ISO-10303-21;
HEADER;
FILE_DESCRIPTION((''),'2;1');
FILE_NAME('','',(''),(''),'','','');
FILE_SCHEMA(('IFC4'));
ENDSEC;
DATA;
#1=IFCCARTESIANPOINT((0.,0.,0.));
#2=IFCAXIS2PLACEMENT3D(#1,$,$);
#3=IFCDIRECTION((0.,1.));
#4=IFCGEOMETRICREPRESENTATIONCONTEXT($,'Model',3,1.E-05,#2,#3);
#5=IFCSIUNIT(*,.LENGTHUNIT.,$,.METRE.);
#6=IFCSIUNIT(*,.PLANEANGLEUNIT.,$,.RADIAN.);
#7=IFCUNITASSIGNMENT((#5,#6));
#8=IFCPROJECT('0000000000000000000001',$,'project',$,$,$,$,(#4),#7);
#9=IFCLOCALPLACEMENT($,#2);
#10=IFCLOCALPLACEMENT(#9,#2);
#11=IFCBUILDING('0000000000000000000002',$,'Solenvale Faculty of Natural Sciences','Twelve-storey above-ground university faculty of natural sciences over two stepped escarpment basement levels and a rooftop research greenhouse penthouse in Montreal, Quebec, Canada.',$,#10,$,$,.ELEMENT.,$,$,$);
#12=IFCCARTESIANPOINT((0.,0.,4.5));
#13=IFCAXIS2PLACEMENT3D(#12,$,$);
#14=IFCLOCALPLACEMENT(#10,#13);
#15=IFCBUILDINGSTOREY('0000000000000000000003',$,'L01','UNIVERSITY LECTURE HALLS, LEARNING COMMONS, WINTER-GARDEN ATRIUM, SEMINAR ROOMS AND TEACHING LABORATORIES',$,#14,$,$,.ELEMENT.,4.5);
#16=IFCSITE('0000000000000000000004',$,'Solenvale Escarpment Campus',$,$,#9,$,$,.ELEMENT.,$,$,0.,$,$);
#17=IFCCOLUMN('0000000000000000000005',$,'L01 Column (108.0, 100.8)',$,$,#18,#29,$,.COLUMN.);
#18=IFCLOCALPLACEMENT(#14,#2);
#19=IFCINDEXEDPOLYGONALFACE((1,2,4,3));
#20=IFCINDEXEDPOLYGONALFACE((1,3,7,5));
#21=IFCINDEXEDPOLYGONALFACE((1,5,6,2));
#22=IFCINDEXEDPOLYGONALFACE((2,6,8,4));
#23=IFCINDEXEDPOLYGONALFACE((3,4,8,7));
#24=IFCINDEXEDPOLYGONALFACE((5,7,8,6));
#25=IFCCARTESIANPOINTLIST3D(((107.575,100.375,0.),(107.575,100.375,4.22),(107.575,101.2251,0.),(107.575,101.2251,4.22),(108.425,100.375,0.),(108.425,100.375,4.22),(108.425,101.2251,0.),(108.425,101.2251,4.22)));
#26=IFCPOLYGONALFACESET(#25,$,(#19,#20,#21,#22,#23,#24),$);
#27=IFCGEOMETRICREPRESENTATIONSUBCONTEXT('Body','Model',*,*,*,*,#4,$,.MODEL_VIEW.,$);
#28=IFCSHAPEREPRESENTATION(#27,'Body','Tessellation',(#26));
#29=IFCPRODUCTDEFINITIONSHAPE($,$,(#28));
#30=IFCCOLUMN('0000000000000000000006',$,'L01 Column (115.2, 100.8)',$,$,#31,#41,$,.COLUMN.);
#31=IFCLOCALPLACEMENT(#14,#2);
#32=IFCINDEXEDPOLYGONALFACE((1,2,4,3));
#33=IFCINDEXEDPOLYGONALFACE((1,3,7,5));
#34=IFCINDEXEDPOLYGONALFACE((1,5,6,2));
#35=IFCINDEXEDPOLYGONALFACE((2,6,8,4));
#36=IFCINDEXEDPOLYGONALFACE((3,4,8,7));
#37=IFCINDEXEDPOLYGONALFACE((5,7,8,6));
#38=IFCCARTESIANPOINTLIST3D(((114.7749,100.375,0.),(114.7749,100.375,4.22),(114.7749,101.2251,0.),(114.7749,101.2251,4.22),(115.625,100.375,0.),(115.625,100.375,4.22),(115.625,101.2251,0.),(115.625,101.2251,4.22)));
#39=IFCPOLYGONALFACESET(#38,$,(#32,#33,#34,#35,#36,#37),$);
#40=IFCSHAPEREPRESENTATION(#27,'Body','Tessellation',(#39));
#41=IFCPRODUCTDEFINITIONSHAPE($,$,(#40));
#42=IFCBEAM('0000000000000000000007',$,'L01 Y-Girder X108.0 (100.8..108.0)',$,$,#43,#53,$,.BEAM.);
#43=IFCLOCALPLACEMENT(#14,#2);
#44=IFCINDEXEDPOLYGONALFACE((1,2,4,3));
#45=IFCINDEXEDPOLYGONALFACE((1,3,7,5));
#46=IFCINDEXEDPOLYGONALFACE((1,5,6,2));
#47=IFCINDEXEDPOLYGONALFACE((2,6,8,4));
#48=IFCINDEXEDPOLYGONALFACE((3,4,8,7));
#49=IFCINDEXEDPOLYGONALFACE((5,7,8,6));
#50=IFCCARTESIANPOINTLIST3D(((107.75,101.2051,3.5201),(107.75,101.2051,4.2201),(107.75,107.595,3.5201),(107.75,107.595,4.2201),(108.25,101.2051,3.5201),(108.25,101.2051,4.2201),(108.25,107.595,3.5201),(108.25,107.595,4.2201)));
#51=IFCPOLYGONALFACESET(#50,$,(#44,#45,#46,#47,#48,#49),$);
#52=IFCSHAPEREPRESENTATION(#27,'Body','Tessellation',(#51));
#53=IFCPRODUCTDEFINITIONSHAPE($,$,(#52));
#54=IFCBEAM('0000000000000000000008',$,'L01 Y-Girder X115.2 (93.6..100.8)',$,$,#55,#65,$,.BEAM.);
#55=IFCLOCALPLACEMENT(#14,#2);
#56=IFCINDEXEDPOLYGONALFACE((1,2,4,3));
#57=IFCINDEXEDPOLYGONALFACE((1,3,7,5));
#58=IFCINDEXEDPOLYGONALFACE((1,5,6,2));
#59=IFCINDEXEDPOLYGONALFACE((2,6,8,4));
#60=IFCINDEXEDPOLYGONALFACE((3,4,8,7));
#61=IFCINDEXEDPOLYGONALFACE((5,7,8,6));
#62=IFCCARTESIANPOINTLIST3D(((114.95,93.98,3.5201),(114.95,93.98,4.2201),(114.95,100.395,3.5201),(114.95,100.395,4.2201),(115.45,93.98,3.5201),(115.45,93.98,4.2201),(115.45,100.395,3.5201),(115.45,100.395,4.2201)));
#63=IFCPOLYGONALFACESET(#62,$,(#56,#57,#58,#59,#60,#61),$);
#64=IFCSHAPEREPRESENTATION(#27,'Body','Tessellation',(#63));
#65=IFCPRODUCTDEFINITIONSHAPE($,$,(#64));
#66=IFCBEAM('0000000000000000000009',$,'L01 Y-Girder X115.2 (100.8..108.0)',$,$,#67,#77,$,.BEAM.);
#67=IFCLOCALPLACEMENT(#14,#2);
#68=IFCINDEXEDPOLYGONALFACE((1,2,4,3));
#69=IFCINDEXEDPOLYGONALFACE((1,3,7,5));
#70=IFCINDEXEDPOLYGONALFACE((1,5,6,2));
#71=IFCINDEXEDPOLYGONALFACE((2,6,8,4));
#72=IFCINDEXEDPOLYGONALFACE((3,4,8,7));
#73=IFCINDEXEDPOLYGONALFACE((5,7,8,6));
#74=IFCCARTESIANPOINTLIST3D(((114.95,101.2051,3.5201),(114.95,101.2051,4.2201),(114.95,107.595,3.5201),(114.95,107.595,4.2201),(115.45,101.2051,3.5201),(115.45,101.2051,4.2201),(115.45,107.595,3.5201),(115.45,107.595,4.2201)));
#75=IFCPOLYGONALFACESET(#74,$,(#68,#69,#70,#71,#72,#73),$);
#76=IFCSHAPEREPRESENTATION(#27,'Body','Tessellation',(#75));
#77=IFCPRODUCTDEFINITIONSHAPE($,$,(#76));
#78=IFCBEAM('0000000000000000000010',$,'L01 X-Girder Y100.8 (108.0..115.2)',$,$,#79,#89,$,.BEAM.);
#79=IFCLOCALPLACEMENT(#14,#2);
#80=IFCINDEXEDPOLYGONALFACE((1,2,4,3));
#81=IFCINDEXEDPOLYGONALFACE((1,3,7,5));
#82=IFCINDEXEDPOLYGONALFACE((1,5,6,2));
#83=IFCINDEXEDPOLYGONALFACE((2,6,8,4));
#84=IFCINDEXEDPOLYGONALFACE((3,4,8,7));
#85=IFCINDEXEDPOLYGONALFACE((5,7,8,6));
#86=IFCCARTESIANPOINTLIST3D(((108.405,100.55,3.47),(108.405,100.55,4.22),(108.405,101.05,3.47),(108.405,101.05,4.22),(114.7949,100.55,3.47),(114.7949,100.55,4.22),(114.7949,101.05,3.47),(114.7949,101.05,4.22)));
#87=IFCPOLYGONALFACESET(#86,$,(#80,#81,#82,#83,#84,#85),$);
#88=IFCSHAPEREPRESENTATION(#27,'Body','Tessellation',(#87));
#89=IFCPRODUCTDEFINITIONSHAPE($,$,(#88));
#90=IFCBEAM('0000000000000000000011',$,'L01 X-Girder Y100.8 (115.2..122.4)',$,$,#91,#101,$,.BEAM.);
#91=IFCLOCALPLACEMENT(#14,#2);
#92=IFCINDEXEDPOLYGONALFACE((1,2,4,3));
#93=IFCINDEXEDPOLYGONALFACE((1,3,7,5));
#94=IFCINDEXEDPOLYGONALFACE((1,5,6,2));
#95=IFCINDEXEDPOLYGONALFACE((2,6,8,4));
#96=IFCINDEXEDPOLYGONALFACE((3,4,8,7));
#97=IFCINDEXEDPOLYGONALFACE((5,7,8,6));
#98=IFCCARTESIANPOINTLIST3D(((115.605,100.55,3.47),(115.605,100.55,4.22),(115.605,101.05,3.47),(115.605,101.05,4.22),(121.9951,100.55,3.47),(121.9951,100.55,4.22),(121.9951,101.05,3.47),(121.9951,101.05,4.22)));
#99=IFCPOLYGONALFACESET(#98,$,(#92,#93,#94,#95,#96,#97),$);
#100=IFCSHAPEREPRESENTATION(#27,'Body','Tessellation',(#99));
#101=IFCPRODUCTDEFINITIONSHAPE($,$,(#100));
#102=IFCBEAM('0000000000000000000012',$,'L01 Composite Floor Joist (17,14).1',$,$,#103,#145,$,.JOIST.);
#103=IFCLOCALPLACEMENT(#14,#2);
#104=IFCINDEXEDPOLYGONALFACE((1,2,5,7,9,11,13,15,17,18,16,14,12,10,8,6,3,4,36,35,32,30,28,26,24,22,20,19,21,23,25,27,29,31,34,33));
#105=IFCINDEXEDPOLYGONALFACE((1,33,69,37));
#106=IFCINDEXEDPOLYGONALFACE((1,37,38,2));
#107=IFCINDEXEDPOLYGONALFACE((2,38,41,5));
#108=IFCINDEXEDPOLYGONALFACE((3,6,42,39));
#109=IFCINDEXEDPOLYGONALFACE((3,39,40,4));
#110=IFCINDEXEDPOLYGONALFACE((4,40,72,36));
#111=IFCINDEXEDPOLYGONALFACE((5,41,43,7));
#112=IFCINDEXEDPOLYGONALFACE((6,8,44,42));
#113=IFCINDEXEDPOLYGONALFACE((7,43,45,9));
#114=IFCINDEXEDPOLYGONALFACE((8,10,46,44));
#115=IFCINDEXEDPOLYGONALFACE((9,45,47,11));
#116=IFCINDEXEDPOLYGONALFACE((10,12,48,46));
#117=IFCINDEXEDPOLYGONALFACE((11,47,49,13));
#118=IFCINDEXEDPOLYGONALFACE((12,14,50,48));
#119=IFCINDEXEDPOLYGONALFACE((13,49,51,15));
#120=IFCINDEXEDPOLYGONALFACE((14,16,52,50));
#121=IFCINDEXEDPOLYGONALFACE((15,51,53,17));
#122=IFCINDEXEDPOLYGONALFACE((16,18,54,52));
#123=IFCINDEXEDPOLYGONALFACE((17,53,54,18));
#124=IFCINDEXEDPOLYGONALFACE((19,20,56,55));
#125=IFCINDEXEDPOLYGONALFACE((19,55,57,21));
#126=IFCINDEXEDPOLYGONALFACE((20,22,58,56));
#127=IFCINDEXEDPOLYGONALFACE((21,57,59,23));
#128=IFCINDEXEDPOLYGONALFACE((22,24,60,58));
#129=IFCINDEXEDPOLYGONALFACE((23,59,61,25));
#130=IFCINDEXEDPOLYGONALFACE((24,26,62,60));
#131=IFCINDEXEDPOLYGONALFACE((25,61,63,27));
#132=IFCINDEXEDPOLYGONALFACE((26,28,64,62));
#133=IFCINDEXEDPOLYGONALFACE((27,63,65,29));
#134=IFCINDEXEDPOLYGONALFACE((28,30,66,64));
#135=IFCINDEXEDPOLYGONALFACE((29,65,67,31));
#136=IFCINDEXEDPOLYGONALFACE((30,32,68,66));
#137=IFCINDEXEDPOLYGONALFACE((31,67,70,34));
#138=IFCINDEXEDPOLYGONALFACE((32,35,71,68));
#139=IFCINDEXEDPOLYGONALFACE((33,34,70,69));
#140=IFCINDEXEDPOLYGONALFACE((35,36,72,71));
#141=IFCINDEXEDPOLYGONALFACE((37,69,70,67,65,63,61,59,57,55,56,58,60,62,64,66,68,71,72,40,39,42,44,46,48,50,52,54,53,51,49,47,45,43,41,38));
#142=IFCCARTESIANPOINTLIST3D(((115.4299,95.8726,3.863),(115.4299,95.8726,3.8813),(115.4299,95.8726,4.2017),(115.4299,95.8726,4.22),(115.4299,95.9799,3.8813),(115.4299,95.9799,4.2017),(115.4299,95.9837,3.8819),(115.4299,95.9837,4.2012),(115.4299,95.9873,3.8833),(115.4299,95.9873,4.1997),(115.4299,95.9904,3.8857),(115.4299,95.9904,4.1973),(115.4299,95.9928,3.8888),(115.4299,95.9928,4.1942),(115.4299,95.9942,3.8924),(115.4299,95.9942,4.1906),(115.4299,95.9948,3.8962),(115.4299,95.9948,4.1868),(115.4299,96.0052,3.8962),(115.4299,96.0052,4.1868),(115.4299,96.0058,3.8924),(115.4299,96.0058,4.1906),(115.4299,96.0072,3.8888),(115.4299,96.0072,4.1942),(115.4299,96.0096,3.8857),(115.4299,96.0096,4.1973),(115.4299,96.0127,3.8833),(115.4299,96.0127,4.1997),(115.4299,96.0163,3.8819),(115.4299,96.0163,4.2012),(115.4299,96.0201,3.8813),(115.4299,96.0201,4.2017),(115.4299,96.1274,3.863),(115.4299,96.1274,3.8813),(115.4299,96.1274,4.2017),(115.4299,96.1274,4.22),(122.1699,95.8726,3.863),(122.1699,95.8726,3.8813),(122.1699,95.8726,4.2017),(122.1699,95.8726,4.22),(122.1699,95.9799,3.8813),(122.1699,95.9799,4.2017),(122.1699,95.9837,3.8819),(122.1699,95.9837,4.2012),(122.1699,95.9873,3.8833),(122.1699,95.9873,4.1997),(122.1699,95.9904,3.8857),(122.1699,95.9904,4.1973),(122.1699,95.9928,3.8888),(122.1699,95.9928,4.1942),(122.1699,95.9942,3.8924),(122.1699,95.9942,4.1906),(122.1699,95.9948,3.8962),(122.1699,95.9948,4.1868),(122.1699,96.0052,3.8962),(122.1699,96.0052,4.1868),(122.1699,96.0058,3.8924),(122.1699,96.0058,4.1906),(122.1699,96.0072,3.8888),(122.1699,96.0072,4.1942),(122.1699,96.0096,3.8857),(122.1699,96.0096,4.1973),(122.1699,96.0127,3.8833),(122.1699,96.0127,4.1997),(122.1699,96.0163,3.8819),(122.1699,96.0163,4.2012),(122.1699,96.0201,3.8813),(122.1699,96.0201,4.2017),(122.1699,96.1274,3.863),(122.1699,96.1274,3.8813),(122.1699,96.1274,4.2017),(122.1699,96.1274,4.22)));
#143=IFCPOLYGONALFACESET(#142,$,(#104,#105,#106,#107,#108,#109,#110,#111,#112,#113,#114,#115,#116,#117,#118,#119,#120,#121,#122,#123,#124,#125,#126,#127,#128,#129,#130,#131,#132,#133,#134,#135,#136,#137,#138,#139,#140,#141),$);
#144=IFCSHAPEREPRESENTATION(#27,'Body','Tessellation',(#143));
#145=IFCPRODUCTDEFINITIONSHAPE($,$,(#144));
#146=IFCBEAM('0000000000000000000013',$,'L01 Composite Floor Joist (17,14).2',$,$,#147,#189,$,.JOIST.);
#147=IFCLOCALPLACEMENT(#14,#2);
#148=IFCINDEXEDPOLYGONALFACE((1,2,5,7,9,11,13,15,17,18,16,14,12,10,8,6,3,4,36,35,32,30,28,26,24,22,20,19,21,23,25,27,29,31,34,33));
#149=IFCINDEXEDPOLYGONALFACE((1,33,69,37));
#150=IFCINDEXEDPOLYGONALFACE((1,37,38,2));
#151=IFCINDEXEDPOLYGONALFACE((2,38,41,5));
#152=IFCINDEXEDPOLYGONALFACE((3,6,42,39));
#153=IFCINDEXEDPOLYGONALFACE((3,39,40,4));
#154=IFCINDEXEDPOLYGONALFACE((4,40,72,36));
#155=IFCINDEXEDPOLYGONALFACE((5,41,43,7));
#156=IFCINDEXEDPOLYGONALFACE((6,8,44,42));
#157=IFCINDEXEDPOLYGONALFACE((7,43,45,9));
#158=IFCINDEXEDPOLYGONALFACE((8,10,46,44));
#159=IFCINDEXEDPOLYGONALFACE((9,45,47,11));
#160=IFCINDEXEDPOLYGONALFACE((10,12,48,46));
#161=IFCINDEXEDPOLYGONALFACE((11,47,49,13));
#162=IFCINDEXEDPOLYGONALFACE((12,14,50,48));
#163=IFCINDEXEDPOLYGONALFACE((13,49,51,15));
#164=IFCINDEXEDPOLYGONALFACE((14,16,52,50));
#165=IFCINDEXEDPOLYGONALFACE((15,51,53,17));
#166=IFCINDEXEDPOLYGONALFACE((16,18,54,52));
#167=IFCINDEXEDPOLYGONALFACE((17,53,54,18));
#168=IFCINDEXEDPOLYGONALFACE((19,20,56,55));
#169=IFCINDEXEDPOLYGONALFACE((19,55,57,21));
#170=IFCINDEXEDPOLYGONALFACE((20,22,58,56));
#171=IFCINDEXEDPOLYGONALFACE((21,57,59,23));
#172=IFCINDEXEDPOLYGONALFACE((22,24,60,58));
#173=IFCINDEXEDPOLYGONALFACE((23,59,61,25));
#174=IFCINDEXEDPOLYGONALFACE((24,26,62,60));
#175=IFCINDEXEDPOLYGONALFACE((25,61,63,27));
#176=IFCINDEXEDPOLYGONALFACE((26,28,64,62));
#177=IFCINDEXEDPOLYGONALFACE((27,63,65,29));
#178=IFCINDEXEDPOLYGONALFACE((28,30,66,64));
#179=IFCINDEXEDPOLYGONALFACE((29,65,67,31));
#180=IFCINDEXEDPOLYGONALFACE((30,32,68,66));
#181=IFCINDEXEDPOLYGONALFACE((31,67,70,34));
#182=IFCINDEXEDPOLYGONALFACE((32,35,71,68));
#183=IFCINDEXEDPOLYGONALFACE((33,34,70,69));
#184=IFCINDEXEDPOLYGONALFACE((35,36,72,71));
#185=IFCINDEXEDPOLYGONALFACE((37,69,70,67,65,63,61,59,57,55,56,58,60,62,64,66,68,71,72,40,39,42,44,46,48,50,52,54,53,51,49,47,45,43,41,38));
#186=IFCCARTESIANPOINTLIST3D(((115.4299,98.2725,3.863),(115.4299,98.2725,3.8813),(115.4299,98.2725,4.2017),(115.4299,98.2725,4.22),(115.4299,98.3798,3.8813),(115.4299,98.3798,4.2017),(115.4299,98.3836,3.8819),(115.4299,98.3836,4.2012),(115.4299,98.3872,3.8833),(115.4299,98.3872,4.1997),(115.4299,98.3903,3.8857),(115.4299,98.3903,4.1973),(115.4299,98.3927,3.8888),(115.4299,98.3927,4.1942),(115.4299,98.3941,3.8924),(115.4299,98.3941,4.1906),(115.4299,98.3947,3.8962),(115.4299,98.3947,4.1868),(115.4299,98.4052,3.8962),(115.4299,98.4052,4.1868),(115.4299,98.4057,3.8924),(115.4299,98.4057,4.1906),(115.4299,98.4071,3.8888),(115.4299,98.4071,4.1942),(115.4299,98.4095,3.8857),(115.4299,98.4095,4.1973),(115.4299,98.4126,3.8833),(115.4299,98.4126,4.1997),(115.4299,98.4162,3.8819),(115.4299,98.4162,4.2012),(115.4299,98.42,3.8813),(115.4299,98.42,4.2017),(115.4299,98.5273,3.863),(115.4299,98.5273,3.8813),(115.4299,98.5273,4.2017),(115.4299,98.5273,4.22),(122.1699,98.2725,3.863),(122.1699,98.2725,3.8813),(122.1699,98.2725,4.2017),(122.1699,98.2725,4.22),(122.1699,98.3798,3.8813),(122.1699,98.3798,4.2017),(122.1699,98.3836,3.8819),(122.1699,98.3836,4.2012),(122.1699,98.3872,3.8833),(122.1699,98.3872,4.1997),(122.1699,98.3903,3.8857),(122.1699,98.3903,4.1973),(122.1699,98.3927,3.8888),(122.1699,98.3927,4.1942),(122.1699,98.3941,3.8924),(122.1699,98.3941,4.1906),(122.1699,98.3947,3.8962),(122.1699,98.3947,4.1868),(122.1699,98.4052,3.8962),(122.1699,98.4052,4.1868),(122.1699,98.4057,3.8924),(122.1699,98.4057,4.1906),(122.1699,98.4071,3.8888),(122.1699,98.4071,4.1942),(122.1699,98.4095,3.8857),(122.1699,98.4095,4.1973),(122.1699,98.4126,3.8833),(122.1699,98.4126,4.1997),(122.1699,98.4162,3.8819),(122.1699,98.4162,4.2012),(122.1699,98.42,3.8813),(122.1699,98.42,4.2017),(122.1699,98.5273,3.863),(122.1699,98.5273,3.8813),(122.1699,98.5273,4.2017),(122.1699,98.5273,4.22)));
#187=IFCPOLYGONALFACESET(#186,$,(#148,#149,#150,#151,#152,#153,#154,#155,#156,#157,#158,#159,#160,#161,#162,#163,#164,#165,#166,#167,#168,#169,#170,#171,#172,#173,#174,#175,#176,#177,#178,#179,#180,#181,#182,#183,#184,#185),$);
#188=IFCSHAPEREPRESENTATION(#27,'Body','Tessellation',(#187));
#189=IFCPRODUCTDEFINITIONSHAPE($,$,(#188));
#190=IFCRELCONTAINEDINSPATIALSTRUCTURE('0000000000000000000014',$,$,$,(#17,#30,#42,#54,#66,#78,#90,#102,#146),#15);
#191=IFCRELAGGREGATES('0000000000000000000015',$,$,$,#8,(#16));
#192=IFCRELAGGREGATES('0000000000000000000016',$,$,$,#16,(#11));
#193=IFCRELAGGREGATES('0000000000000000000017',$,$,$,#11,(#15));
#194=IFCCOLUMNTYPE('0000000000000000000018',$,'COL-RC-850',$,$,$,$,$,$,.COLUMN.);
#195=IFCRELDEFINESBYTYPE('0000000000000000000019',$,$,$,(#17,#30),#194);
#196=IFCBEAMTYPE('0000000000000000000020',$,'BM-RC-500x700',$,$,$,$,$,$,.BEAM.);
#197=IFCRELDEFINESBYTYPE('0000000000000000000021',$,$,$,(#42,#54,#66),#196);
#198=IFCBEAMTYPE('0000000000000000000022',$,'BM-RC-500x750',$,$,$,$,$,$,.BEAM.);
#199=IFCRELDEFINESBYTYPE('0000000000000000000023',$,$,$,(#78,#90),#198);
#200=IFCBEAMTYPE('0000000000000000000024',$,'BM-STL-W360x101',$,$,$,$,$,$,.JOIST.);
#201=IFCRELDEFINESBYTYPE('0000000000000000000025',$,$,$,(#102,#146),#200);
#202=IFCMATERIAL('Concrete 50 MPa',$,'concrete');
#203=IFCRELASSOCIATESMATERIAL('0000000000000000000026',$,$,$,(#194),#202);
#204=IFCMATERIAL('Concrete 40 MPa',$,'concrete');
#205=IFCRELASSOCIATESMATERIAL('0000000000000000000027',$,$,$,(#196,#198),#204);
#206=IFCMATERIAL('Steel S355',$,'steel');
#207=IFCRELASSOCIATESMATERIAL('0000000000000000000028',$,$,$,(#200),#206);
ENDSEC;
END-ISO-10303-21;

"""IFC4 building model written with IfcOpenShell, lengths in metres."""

from ifc_helpers import new_model, si_unit, direction, frame, origin, origin_2d, place, context, subcontext, project, spatial, rectangle, i_section, extrude, material, material_profile, profile_set, type_object, element, save


model = new_model("IFC4")

# Units and contexts
model_context = context("Model", 3, precision=1e-05, world=origin(), true_north=direction((0.0, 1.0)))
body_context = subcontext(model_context, "Body", "Model", "MODEL_VIEW")
ifc_project = project(units=[si_unit("LENGTHUNIT", "METRE"), si_unit("PLANEANGLEUNIT", "RADIAN")], contexts=[model_context])

# Site, building, storey
site_placement = place(None, origin())
site = spatial("IfcSite", under=ifc_project, at=site_placement, Name="Solenvale Escarpment Campus", CompositionType="ELEMENT", RefElevation=0.0)
building_placement = place(site_placement, origin())
building = spatial("IfcBuilding", under=site, at=building_placement, Name="Solenvale Faculty of Natural Sciences", Description="Twelve-storey above-ground university faculty of natural sciences over two stepped escarpment basement levels and a rooftop research greenhouse penthouse in Montreal, Quebec, Canada.", CompositionType="ELEMENT")
storey_placement = place(building_placement, frame((0.0, 0.0, 4.5)))
storey = spatial("IfcBuildingStorey", under=building, at=storey_placement, Name="L01", Description="UNIVERSITY LECTURE HALLS, LEARNING COMMONS, WINTER-GARDEN ATRIUM, SEMINAR ROOMS AND TEACHING LABORATORIES", CompositionType="ELEMENT", Elevation=4.5)

# Columns
ifc_material_1 = material(Name="Concrete 50 MPa", Category="concrete")
ifc_material_profile_1 = material_profile(ifc_material_1, rectangle(XDim=0.8501, YDim=0.8501, at=origin_2d()), Name="RC-COL-850x850")
ifc_profile_set_1 = profile_set([ifc_material_profile_1], Name="Concrete 50 MPa")
column_type = type_object("IfcColumnType", Name="COL-RC-850", PredefinedType="COLUMN", material=ifc_profile_set_1)
for number, where, z_axis, x_axis, name in (
    (1, (108.0, 100.8, 0.0), (0.0, 0.0, 1.0), (1.0, 0.0, 0.0), "L01 Column (108.0, 100.8)"),
    (2, (115.2, 100.8, 0.0), (0.0, 0.0, 1.0), (1.0, 0.0, 0.0), "L01 Column (115.2, 100.8)"),
):
    element("IfcColumn", number, at=place(storey_placement, frame(where, z_axis=z_axis, x_axis=x_axis)), inside=storey, type_object=column_type, Name=name, PredefinedType="COLUMN", context=body_context, shape_type="SweptSolid", body=[
        extrude(rectangle(XDim=0.8501, YDim=0.8501, at=origin_2d()), origin(), (0.0, 0.0, 1.0), 4.22),
    ])

# Beams
ifc_material_2 = material(Name="Concrete 40 MPa", Category="concrete")
ifc_material_profile_2 = material_profile(ifc_material_2, rectangle(XDim=0.5, YDim=0.7, at=origin_2d()), Name="RC-BM-500x700")
ifc_profile_set_2 = profile_set([ifc_material_profile_2], Name="Concrete 40 MPa")
beam_type_1 = type_object("IfcBeamType", Name="BM-RC-500x700", PredefinedType="BEAM", material=ifc_profile_set_2)
beam_1_placement = place(storey_placement, frame((108.0, 101.2051, 3.8701), z_axis=(0.0, 1.0, 0.0), x_axis=(-1.0, 0.0, 0.0)))
element("IfcBeam", 3, at=beam_1_placement, inside=storey, type_object=beam_type_1, Name="L01 Y-Girder X108.0 (100.8..108.0)", PredefinedType="BEAM", context=body_context, shape_type="SweptSolid", body=[
    extrude(rectangle(XDim=0.5, YDim=0.7, at=origin_2d()), origin(), (0.0, 0.0, 1.0), 6.3899),
])
beam_2_placement = place(storey_placement, frame((115.2, 93.98, 3.8701), z_axis=(0.0, 1.0, 0.0), x_axis=(-1.0, 0.0, 0.0)))
element("IfcBeam", 4, at=beam_2_placement, inside=storey, type_object=beam_type_1, Name="L01 Y-Girder X115.2 (93.6..100.8)", PredefinedType="BEAM", context=body_context, shape_type="SweptSolid", body=[
    extrude(rectangle(XDim=0.5, YDim=0.7, at=origin_2d()), origin(), (0.0, 0.0, 1.0), 6.415),
])
beam_3_placement = place(storey_placement, frame((115.2, 101.2051, 3.8701), z_axis=(0.0, 1.0, 0.0), x_axis=(-1.0, 0.0, 0.0)))
element("IfcBeam", 5, at=beam_3_placement, inside=storey, type_object=beam_type_1, Name="L01 Y-Girder X115.2 (100.8..108.0)", PredefinedType="BEAM", context=body_context, shape_type="SweptSolid", body=[
    extrude(rectangle(XDim=0.5, YDim=0.7, at=origin_2d()), origin(), (0.0, 0.0, 1.0), 6.3899),
])
ifc_material_profile_3 = material_profile(ifc_material_2, rectangle(XDim=0.5, YDim=0.75, at=origin_2d()), Name="RC-BM-500x750")
ifc_profile_set_3 = profile_set([ifc_material_profile_3], Name="Concrete 40 MPa")
beam_type_2 = type_object("IfcBeamType", Name="BM-RC-500x750", PredefinedType="BEAM", material=ifc_profile_set_3)
beam_4_placement = place(storey_placement, frame((108.405, 100.8, 3.845), z_axis=(1.0, 0.0, 0.0), x_axis=(0.0, 1.0, 0.0)))
element("IfcBeam", 6, at=beam_4_placement, inside=storey, type_object=beam_type_2, Name="L01 X-Girder Y100.8 (108.0..115.2)", PredefinedType="BEAM", context=body_context, shape_type="SweptSolid", body=[
    extrude(rectangle(XDim=0.5, YDim=0.75, at=origin_2d()), origin(), (0.0, 0.0, 1.0), 6.3899),
])
beam_5_placement = place(storey_placement, frame((115.605, 100.8, 3.845), z_axis=(1.0, 0.0, 0.0), x_axis=(0.0, 1.0, 0.0)))
element("IfcBeam", 7, at=beam_5_placement, inside=storey, type_object=beam_type_2, Name="L01 X-Girder Y100.8 (115.2..122.4)", PredefinedType="BEAM", context=body_context, shape_type="SweptSolid", body=[
    extrude(rectangle(XDim=0.5, YDim=0.75, at=origin_2d()), origin(), (0.0, 0.0, 1.0), 6.3901),
])
ifc_material_3 = material(Name="Steel S355", Category="steel")
ifc_material_profile_4 = material_profile(ifc_material_3, i_section(OverallWidth=0.2549, OverallDepth=0.3569, WebThickness=0.0105, FlangeThickness=0.0183, FilletRadius=0.0149, at=origin_2d()), Name="W360x101")
ifc_profile_set_4 = profile_set([ifc_material_profile_4], Name="Steel S355")
beam_type_3 = type_object("IfcBeamType", Name="BM-STL-W360x101", PredefinedType="JOIST", material=ifc_profile_set_4)
for number, where, z_axis, x_axis, name in (
    (8, (115.4299, 96.0, 4.0415), (1.0, 0.0, 0.0), (0.0, 1.0, 0.0), "L01 Composite Floor Joist (17,14).1"),
    (9, (115.4299, 98.3999, 4.0415), (1.0, 0.0, 0.0), (0.0, 1.0, 0.0), "L01 Composite Floor Joist (17,14).2"),
):
    element("IfcBeam", number, at=place(storey_placement, frame(where, z_axis=z_axis, x_axis=x_axis)), inside=storey, type_object=beam_type_3, Name=name, PredefinedType="JOIST", context=body_context, shape_type="SweptSolid", body=[
        extrude(i_section(OverallWidth=0.2549, OverallDepth=0.3569, WebThickness=0.0105, FlangeThickness=0.0183, FilletRadius=0.0149, at=origin_2d()), origin(), (0.0, 0.0, 1.0), 6.74),
    ])

save(model, "model.ifc")
